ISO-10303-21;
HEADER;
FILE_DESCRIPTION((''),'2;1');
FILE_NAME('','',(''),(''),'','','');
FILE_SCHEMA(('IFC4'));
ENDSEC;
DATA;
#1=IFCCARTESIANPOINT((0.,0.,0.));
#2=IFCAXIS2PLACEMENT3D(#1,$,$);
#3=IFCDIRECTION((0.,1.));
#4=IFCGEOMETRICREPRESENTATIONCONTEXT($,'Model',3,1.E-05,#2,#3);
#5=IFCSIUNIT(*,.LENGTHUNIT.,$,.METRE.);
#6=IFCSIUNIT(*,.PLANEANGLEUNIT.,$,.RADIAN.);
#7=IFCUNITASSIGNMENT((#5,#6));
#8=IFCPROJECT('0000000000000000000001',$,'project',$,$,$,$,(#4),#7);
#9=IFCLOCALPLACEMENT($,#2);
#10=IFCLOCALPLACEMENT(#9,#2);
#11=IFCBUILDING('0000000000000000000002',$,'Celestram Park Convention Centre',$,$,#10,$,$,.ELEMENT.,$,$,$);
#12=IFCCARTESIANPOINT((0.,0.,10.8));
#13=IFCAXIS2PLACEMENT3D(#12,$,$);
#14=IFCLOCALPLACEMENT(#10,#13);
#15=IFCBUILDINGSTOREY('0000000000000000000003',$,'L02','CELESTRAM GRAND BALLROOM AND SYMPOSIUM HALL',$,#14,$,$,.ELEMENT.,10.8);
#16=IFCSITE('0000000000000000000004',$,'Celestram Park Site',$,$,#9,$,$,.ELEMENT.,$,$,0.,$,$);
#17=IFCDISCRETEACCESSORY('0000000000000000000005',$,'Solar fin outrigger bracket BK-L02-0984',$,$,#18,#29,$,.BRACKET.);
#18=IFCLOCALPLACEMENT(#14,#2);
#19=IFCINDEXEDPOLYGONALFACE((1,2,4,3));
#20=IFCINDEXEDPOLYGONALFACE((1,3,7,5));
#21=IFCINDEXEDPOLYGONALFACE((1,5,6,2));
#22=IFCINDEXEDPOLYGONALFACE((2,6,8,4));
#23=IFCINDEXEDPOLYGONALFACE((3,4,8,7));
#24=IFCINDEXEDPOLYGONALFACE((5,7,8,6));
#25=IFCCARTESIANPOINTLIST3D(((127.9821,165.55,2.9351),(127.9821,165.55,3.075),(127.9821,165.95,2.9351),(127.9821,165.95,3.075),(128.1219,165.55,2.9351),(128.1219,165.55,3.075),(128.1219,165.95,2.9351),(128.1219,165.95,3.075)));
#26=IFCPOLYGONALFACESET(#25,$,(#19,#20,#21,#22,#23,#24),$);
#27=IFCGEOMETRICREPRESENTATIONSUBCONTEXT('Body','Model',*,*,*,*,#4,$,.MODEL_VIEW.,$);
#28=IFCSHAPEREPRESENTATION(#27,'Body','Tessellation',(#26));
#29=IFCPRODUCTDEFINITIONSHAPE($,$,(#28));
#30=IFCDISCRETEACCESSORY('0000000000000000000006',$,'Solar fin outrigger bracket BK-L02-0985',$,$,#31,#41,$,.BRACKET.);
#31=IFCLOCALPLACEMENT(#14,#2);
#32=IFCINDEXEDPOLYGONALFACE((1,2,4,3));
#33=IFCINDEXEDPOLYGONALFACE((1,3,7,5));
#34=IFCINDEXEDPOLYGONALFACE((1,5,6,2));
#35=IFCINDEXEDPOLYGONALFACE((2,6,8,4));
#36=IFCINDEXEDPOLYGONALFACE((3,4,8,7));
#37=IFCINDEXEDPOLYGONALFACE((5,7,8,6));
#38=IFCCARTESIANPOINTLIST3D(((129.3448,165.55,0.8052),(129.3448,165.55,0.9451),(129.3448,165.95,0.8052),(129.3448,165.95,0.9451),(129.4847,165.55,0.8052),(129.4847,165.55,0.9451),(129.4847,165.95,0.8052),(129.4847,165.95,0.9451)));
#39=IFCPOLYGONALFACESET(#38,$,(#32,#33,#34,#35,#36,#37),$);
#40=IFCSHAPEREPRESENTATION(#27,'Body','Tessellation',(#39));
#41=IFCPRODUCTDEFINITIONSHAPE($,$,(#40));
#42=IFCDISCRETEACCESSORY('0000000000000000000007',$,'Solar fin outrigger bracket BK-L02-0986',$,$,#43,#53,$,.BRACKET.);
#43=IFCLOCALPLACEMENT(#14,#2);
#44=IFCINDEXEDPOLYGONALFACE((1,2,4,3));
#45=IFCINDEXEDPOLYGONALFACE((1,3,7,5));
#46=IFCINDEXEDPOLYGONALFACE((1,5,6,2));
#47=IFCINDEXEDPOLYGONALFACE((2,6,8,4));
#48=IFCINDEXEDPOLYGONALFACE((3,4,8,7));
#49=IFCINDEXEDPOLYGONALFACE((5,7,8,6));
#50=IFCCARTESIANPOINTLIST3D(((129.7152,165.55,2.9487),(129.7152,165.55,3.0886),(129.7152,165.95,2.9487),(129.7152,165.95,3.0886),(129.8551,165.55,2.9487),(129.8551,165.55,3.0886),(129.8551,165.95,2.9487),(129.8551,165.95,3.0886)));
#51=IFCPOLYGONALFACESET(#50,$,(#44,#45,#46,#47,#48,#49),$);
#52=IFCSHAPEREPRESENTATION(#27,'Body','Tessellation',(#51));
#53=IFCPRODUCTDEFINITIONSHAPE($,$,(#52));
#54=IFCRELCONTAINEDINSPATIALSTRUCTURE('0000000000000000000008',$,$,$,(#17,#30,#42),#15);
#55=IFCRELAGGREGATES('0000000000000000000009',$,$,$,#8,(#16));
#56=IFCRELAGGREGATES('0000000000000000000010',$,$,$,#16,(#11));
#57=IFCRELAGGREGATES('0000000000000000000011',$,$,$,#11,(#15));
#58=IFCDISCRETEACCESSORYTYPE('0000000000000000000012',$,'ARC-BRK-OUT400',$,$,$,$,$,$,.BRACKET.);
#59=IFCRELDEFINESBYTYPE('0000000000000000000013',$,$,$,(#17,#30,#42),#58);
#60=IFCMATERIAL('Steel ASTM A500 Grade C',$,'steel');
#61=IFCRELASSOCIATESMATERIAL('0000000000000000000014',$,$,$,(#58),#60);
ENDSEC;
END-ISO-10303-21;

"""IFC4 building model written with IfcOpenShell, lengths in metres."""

from ifc_helpers import new_model, si_unit, direction, frame, origin, origin_2d, place, context, subcontext, project, spatial, rectangle, extrude, material, type_object, element, save


model = new_model("IFC4")

# Units and contexts
model_context = context("Model", 3, precision=1e-05, world=origin(), true_north=direction((0.0, 1.0)))
body_context = subcontext(model_context, "Body", "Model", "MODEL_VIEW")
ifc_project = project(units=[si_unit("LENGTHUNIT", "METRE"), si_unit("PLANEANGLEUNIT", "RADIAN")], contexts=[model_context])

# Site, building, storey
site_placement = place(None, origin())
site = spatial("IfcSite", under=ifc_project, at=site_placement, Name="Celestram Park Site", CompositionType="ELEMENT", RefElevation=0.0)
building_placement = place(site_placement, origin())
building = spatial("IfcBuilding", under=site, at=building_placement, Name="Celestram Park Convention Centre", CompositionType="ELEMENT")
storey_placement = place(building_placement, frame((0.0, 0.0, 10.8)))
storey = spatial("IfcBuildingStorey", under=building, at=storey_placement, Name="L02", Description="CELESTRAM GRAND BALLROOM AND SYMPOSIUM HALL", CompositionType="ELEMENT", Elevation=10.8)

# Discrete accessories
ifc_material_1 = material(Name="Steel ASTM A500 Grade C", Category="steel")
discrete_accessory_type = type_object("IfcDiscreteAccessoryType", Name="ARC-BRK-OUT400", PredefinedType="BRACKET", material=ifc_material_1)
for number, where, z_axis, x_axis, name in (
    (1, (128.052, 165.75, 2.9351), (0.0, 0.0, 1.0), (0.0, 1.0, 0.0), "Solar fin outrigger bracket BK-L02-0984"),
    (2, (129.4148, 165.75, 0.8052), (0.0, 0.0, 1.0), (0.0, 1.0, 0.0), "Solar fin outrigger bracket BK-L02-0985"),
    (3, (129.7852, 165.75, 2.9487), (0.0, 0.0, 1.0), (0.0, 1.0, 0.0), "Solar fin outrigger bracket BK-L02-0986"),
):
    element("IfcDiscreteAccessory", number, at=place(storey_placement, frame(where, z_axis=z_axis, x_axis=x_axis)), inside=storey, type_object=discrete_accessory_type, Name=name, PredefinedType="BRACKET", context=body_context, shape_type="SweptSolid", body=[
        extrude(rectangle(XDim=0.3999, YDim=0.1399, at=origin_2d()), origin(), (0.0, 0.0, 1.0), 0.1399),
    ])

save(model, "model.ifc")
